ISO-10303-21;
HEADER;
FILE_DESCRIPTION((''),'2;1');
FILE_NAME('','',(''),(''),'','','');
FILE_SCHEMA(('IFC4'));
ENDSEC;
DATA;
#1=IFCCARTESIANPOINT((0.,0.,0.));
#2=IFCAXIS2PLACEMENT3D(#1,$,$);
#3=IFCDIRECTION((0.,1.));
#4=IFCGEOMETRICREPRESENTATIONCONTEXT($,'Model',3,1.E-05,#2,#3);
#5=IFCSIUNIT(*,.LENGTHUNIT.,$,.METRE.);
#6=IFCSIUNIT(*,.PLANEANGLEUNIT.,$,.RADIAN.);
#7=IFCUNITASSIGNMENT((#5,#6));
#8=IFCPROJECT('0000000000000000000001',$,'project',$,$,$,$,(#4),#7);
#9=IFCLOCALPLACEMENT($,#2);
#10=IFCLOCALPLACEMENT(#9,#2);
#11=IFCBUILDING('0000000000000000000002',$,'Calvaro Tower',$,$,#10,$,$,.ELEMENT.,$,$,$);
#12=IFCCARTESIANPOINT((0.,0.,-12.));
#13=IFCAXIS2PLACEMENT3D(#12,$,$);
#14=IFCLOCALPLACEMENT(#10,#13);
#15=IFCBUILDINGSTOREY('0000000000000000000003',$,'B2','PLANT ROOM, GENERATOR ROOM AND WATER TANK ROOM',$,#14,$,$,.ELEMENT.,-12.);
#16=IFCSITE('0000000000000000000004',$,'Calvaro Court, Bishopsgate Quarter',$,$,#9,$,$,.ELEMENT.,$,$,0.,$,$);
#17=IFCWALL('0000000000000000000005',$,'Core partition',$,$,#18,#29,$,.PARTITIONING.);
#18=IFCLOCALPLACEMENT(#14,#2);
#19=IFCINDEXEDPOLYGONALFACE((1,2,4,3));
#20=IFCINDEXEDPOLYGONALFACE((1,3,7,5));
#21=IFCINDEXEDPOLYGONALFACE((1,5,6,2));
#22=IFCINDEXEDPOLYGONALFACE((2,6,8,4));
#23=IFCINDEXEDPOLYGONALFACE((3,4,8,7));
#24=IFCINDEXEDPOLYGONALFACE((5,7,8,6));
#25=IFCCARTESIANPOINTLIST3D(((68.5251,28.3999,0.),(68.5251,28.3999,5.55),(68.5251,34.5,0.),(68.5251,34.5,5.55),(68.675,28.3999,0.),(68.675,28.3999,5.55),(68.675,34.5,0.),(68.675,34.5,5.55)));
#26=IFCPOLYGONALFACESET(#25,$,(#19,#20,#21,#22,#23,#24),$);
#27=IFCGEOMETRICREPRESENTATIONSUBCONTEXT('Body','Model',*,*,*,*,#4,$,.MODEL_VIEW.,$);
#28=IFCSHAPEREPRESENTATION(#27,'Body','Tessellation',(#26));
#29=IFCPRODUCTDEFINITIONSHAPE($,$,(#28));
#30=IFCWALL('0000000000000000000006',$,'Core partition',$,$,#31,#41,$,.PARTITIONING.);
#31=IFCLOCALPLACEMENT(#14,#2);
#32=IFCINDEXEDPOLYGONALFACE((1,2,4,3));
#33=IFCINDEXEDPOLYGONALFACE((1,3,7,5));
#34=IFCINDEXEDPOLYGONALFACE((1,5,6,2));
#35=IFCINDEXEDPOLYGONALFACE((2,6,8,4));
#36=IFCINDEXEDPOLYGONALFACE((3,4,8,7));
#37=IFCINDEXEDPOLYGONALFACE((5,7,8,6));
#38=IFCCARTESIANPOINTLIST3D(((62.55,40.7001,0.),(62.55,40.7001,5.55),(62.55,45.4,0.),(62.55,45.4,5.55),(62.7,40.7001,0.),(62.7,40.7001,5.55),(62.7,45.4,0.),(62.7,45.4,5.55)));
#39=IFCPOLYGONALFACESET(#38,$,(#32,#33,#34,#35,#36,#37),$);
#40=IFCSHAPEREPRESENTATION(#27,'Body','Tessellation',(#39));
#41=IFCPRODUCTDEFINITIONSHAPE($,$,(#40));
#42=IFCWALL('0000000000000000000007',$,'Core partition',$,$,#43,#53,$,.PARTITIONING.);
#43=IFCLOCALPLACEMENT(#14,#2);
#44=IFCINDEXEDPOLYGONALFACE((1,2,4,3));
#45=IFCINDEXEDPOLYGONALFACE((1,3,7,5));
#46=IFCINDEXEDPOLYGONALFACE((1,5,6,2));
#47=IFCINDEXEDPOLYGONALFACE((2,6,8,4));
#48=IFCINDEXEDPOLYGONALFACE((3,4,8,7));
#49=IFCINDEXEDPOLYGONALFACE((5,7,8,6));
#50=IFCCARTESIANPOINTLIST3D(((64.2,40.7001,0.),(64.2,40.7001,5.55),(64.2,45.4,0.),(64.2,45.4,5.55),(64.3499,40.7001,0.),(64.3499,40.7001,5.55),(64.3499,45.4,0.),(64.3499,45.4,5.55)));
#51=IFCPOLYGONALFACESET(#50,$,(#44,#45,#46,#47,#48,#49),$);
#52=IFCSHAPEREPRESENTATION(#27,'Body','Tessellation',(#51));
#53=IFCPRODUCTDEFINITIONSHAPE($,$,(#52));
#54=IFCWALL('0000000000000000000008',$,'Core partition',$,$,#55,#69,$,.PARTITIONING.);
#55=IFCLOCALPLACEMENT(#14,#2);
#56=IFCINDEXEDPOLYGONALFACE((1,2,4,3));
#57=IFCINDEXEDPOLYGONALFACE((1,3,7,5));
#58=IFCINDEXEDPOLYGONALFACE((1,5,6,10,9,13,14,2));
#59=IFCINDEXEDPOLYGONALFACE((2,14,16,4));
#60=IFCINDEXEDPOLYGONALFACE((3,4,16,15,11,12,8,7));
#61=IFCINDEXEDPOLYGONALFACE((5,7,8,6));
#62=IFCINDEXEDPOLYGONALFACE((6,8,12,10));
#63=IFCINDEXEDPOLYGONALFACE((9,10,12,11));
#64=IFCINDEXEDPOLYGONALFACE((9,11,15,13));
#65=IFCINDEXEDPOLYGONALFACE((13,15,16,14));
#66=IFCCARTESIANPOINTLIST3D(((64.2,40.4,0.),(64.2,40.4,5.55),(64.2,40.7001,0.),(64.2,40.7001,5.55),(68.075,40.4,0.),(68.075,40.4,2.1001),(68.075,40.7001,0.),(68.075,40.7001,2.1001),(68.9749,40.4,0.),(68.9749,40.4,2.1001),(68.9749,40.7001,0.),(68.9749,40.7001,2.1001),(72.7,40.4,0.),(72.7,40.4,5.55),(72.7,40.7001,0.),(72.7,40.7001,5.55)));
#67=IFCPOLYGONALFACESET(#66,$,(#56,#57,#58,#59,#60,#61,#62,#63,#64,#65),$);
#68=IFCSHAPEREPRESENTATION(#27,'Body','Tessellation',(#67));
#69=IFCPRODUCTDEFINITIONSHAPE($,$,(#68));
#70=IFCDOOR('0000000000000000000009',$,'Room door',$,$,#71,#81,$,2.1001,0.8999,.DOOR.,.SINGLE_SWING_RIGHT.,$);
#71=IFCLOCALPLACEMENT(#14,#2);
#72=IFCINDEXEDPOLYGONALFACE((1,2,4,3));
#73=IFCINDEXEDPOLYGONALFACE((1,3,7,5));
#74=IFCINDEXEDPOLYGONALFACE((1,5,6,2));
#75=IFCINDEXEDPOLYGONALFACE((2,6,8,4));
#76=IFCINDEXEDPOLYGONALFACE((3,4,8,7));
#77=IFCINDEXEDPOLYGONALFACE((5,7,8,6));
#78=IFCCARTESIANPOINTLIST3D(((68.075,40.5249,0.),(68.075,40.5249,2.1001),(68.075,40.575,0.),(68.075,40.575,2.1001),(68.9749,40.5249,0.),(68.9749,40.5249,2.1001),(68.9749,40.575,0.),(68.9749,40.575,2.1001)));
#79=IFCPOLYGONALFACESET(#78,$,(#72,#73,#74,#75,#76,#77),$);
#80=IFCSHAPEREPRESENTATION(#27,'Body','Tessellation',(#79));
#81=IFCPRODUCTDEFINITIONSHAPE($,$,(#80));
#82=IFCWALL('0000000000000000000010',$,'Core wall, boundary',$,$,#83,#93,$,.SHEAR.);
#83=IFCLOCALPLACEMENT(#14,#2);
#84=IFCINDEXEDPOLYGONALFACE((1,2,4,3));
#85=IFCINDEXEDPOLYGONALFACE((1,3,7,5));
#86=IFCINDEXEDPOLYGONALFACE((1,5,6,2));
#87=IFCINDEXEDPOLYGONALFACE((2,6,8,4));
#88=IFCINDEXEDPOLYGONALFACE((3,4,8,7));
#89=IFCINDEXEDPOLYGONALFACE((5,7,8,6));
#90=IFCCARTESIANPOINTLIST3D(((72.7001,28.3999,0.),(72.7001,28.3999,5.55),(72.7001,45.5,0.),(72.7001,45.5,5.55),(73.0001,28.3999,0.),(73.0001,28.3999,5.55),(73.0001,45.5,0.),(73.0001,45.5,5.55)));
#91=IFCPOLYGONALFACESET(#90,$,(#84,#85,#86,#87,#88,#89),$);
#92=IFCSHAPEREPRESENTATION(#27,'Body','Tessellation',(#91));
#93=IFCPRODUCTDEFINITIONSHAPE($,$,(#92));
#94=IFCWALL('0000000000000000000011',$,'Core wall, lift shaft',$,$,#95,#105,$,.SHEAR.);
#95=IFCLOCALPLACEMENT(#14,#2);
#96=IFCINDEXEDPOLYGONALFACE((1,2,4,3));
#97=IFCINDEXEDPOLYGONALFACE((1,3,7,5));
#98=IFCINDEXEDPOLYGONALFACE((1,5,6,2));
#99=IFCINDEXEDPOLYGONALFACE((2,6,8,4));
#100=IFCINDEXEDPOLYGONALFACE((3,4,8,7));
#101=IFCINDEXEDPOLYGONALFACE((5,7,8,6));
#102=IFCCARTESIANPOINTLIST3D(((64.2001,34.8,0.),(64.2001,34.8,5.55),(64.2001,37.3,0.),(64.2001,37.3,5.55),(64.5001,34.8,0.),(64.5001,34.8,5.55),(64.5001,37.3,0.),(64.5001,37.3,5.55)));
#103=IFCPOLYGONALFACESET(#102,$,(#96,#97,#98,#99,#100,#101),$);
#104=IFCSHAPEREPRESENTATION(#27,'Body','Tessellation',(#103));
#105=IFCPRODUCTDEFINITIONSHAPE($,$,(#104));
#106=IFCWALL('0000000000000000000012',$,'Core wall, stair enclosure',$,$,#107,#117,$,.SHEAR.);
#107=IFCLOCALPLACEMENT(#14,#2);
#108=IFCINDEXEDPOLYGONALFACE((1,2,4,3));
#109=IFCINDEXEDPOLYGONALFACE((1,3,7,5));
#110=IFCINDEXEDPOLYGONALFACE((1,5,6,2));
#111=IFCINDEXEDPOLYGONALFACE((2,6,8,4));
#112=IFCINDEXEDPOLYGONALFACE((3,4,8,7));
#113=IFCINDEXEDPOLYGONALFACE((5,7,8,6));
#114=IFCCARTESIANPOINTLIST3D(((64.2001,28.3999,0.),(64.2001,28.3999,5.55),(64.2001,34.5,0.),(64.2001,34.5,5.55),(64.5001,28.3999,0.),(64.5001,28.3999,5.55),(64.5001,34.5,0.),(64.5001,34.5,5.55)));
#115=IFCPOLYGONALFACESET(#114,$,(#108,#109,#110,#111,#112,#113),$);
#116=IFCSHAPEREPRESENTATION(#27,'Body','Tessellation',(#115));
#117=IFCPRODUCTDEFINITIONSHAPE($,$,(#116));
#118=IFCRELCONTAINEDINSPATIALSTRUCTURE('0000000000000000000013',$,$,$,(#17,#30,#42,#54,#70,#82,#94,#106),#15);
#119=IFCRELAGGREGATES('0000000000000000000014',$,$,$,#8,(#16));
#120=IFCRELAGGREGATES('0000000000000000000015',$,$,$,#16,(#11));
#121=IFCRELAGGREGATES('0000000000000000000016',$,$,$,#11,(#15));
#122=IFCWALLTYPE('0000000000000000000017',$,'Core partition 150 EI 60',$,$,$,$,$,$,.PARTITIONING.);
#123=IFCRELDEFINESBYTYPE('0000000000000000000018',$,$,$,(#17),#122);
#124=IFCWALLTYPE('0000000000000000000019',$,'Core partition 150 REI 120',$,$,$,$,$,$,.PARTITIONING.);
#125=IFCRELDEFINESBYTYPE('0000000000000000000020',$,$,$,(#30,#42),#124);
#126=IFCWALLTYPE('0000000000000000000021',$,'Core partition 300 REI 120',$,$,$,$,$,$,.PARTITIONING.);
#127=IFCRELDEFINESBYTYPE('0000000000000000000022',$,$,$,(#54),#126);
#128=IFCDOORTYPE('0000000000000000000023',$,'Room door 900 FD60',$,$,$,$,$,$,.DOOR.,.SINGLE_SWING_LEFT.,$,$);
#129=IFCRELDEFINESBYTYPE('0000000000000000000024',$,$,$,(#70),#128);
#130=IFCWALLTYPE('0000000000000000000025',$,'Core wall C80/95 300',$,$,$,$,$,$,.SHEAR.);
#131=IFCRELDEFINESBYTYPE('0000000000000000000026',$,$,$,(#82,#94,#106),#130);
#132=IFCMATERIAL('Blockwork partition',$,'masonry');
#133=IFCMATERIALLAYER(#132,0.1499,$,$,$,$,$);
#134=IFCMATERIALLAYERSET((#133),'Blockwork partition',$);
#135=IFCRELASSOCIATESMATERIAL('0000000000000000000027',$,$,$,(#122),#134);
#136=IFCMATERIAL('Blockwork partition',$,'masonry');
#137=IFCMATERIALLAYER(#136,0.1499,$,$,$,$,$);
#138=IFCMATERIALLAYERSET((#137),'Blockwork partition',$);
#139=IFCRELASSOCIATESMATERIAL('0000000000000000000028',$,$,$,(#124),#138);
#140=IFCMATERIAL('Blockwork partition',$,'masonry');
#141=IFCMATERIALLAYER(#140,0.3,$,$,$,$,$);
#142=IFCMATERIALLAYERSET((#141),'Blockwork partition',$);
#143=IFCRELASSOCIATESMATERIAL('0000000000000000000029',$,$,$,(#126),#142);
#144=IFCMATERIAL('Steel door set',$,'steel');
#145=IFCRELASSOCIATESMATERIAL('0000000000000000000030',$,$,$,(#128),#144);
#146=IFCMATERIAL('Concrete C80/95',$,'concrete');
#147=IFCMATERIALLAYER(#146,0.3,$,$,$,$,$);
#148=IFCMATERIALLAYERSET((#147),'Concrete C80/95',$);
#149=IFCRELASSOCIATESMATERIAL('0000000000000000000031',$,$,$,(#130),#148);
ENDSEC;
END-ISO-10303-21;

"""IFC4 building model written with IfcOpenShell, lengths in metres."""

from ifc_helpers import new_model, si_unit, direction, frame, frame_2d, origin, place, context, subcontext, project, spatial, rectangle, extrude, material, layer, layer_set, type_object, element, fill, save


model = new_model("IFC4")

# Units and contexts
model_context = context("Model", 3, precision=1e-05, world=origin(), true_north=direction((0.0, 1.0)))
body_context = subcontext(model_context, "Body", "Model", "MODEL_VIEW")
ifc_project = project(units=[si_unit("LENGTHUNIT", "METRE"), si_unit("PLANEANGLEUNIT", "RADIAN")], contexts=[model_context])

# Site, building, storey
site_placement = place(None, origin())
site = spatial("IfcSite", under=ifc_project, at=site_placement, Name="Calvaro Court, Bishopsgate Quarter", CompositionType="ELEMENT", RefElevation=0.0)
building_placement = place(site_placement, origin())
building = spatial("IfcBuilding", under=site, at=building_placement, Name="Calvaro Tower", CompositionType="ELEMENT")
storey_placement = place(building_placement, frame((0.0, 0.0, -12.0)))
storey = spatial("IfcBuildingStorey", under=building, at=storey_placement, Name="B2", Description="PLANT ROOM, GENERATOR ROOM AND WATER TANK ROOM", CompositionType="ELEMENT", Elevation=-12.0)

# Walls
ifc_material_1 = material(Name="Blockwork partition", Category="masonry")
ifc_layer_1 = layer(ifc_material_1, 0.1499)
ifc_layer_set_1 = layer_set([ifc_layer_1], Name="Blockwork partition")
wall_type_1 = type_object("IfcWallType", Name="Core partition 150 EI 60", PredefinedType="PARTITIONING", material=ifc_layer_set_1)
wall_1_placement = place(storey_placement, frame((68.6001, 28.3999, 0.0), z_axis=(0.0, 0.0, 1.0), x_axis=(0.0, 1.0, 0.0)))
element("IfcWall", 1, at=wall_1_placement, inside=storey, type_object=wall_type_1, Name="Core partition", PredefinedType="PARTITIONING", context=body_context, shape_type="SweptSolid", body=[
    extrude(rectangle(XDim=6.1001, YDim=0.1499, at=frame_2d((3.05, 0.0))), origin(), (0.0, 0.0, 1.0), 5.55),
])
ifc_material_2 = material(Name="Blockwork partition", Category="masonry")
ifc_layer_2 = layer(ifc_material_2, 0.1499)
ifc_layer_set_2 = layer_set([ifc_layer_2], Name="Blockwork partition")
wall_type_2 = type_object("IfcWallType", Name="Core partition 150 REI 120", PredefinedType="PARTITIONING", material=ifc_layer_set_2)
for number, where, z_axis, x_axis, name in (
    (2, (62.625, 40.7, 0.0), (0.0, 0.0, 1.0), (0.0, 1.0, 0.0), "Core partition"),
    (3, (64.2749, 40.7, 0.0), (0.0, 0.0, 1.0), (0.0, 1.0, 0.0), "Core partition"),
):
    element("IfcWall", number, at=place(storey_placement, frame(where, z_axis=z_axis, x_axis=x_axis)), inside=storey, type_object=wall_type_2, Name=name, PredefinedType="PARTITIONING", context=body_context, shape_type="SweptSolid", body=[
        extrude(rectangle(XDim=4.7, YDim=0.1499, at=frame_2d((2.3501, 0.0))), origin(), (0.0, 0.0, 1.0), 5.55),
    ])

# Wall, opening, door
ifc_material_3 = material(Name="Blockwork partition", Category="masonry")
ifc_layer_3 = layer(ifc_material_3, 0.3)
ifc_layer_set_3 = layer_set([ifc_layer_3], Name="Blockwork partition")
wall_type_3 = type_object("IfcWallType", Name="Core partition 300 REI 120", PredefinedType="PARTITIONING", material=ifc_layer_set_3)
wall_2_placement = place(storey_placement, frame((64.2, 40.55, 0.0), z_axis=(0.0, 0.0, 1.0), x_axis=(1.0, 0.0, 0.0)))
wall_2 = element("IfcWall", 4, at=wall_2_placement, inside=storey, type_object=wall_type_3, Name="Core partition", PredefinedType="PARTITIONING", context=body_context, shape_type="SweptSolid", body=[
    extrude(rectangle(XDim=8.5, YDim=0.3, at=frame_2d((4.25, 0.0))), origin(), (0.0, 0.0, 1.0), 5.55),
])
opening_1_placement = place(wall_2_placement, frame((3.875, 0.0, 0.0)))
opening_1 = element("IfcOpeningElement", 5, at=opening_1_placement, cuts=wall_2, PredefinedType="OPENING", context=body_context, shape_type="SweptSolid", body=[
    extrude(rectangle(XDim=0.8999, YDim=2.1001, at=frame_2d((0.45, 1.05))), frame((0.0, 0.1599, 0.0), z_axis=(0.0, -1.0, 0.0), x_axis=(1.0, 0.0, 0.0)), (0.0, 0.0, 1.0), 0.3201),
])
ifc_material_4 = material(Name="Steel door set", Category="steel")
door_type_1 = type_object("IfcDoorType", Name="Room door 900 FD60", OperationType="SINGLE_SWING_LEFT", PredefinedType="DOOR", material=ifc_material_4)
door_1_placement = place(opening_1_placement, origin())
door_1 = element("IfcDoor", 6, at=door_1_placement, inside=storey, type_object=door_type_1, Name="Room door", OperationType="SINGLE_SWING_RIGHT", OverallHeight=2.1001, OverallWidth=0.8999, PredefinedType="DOOR", context=body_context, shape_type="SweptSolid", body=[
    extrude(rectangle(XDim=0.8999, YDim=2.1001, at=frame_2d((0.45, 1.05))), frame((0.0, 0.0249, 0.0), z_axis=(0.0, -1.0, 0.0), x_axis=(1.0, 0.0, 0.0)), (0.0, 0.0, 1.0), 0.05),
])
fill(opening_1, door_1)

# Walls
ifc_material_5 = material(Name="Concrete C80/95", Category="concrete")
ifc_layer_4 = layer(ifc_material_5, 0.3)
ifc_layer_set_4 = layer_set([ifc_layer_4], Name="Concrete C80/95")
wall_type_4 = type_object("IfcWallType", Name="Core wall C80/95 300", PredefinedType="SHEAR", material=ifc_layer_set_4)
wall_3_placement = place(storey_placement, frame((72.8501, 28.3999, 0.0), z_axis=(0.0, 0.0, 1.0), x_axis=(0.0, 1.0, 0.0)))
element("IfcWall", 7, at=wall_3_placement, inside=storey, type_object=wall_type_4, Name="Core wall, boundary", PredefinedType="SHEAR", context=body_context, shape_type="SweptSolid", body=[
    extrude(rectangle(XDim=17.1001, YDim=0.3, at=frame_2d((8.55, 0.0))), origin(), (0.0, 0.0, 1.0), 5.55),
])
wall_4_placement = place(storey_placement, frame((64.3501, 34.8, 0.0), z_axis=(0.0, 0.0, 1.0), x_axis=(0.0, 1.0, 0.0)))
element("IfcWall", 8, at=wall_4_placement, inside=storey, type_object=wall_type_4, Name="Core wall, lift shaft", PredefinedType="SHEAR", context=body_context, shape_type="SweptSolid", body=[
    extrude(rectangle(XDim=2.5, YDim=0.3, at=frame_2d((1.25, 0.0))), origin(), (0.0, 0.0, 1.0), 5.55),
])
wall_5_placement = place(storey_placement, frame((64.3501, 28.3999, 0.0), z_axis=(0.0, 0.0, 1.0), x_axis=(0.0, 1.0, 0.0)))
element("IfcWall", 9, at=wall_5_placement, inside=storey, type_object=wall_type_4, Name="Core wall, stair enclosure", PredefinedType="SHEAR", context=body_context, shape_type="SweptSolid", body=[
    extrude(rectangle(XDim=6.1001, YDim=0.3, at=frame_2d((3.05, 0.0))), origin(), (0.0, 0.0, 1.0), 5.55),
])

save(model, "model.ifc")
